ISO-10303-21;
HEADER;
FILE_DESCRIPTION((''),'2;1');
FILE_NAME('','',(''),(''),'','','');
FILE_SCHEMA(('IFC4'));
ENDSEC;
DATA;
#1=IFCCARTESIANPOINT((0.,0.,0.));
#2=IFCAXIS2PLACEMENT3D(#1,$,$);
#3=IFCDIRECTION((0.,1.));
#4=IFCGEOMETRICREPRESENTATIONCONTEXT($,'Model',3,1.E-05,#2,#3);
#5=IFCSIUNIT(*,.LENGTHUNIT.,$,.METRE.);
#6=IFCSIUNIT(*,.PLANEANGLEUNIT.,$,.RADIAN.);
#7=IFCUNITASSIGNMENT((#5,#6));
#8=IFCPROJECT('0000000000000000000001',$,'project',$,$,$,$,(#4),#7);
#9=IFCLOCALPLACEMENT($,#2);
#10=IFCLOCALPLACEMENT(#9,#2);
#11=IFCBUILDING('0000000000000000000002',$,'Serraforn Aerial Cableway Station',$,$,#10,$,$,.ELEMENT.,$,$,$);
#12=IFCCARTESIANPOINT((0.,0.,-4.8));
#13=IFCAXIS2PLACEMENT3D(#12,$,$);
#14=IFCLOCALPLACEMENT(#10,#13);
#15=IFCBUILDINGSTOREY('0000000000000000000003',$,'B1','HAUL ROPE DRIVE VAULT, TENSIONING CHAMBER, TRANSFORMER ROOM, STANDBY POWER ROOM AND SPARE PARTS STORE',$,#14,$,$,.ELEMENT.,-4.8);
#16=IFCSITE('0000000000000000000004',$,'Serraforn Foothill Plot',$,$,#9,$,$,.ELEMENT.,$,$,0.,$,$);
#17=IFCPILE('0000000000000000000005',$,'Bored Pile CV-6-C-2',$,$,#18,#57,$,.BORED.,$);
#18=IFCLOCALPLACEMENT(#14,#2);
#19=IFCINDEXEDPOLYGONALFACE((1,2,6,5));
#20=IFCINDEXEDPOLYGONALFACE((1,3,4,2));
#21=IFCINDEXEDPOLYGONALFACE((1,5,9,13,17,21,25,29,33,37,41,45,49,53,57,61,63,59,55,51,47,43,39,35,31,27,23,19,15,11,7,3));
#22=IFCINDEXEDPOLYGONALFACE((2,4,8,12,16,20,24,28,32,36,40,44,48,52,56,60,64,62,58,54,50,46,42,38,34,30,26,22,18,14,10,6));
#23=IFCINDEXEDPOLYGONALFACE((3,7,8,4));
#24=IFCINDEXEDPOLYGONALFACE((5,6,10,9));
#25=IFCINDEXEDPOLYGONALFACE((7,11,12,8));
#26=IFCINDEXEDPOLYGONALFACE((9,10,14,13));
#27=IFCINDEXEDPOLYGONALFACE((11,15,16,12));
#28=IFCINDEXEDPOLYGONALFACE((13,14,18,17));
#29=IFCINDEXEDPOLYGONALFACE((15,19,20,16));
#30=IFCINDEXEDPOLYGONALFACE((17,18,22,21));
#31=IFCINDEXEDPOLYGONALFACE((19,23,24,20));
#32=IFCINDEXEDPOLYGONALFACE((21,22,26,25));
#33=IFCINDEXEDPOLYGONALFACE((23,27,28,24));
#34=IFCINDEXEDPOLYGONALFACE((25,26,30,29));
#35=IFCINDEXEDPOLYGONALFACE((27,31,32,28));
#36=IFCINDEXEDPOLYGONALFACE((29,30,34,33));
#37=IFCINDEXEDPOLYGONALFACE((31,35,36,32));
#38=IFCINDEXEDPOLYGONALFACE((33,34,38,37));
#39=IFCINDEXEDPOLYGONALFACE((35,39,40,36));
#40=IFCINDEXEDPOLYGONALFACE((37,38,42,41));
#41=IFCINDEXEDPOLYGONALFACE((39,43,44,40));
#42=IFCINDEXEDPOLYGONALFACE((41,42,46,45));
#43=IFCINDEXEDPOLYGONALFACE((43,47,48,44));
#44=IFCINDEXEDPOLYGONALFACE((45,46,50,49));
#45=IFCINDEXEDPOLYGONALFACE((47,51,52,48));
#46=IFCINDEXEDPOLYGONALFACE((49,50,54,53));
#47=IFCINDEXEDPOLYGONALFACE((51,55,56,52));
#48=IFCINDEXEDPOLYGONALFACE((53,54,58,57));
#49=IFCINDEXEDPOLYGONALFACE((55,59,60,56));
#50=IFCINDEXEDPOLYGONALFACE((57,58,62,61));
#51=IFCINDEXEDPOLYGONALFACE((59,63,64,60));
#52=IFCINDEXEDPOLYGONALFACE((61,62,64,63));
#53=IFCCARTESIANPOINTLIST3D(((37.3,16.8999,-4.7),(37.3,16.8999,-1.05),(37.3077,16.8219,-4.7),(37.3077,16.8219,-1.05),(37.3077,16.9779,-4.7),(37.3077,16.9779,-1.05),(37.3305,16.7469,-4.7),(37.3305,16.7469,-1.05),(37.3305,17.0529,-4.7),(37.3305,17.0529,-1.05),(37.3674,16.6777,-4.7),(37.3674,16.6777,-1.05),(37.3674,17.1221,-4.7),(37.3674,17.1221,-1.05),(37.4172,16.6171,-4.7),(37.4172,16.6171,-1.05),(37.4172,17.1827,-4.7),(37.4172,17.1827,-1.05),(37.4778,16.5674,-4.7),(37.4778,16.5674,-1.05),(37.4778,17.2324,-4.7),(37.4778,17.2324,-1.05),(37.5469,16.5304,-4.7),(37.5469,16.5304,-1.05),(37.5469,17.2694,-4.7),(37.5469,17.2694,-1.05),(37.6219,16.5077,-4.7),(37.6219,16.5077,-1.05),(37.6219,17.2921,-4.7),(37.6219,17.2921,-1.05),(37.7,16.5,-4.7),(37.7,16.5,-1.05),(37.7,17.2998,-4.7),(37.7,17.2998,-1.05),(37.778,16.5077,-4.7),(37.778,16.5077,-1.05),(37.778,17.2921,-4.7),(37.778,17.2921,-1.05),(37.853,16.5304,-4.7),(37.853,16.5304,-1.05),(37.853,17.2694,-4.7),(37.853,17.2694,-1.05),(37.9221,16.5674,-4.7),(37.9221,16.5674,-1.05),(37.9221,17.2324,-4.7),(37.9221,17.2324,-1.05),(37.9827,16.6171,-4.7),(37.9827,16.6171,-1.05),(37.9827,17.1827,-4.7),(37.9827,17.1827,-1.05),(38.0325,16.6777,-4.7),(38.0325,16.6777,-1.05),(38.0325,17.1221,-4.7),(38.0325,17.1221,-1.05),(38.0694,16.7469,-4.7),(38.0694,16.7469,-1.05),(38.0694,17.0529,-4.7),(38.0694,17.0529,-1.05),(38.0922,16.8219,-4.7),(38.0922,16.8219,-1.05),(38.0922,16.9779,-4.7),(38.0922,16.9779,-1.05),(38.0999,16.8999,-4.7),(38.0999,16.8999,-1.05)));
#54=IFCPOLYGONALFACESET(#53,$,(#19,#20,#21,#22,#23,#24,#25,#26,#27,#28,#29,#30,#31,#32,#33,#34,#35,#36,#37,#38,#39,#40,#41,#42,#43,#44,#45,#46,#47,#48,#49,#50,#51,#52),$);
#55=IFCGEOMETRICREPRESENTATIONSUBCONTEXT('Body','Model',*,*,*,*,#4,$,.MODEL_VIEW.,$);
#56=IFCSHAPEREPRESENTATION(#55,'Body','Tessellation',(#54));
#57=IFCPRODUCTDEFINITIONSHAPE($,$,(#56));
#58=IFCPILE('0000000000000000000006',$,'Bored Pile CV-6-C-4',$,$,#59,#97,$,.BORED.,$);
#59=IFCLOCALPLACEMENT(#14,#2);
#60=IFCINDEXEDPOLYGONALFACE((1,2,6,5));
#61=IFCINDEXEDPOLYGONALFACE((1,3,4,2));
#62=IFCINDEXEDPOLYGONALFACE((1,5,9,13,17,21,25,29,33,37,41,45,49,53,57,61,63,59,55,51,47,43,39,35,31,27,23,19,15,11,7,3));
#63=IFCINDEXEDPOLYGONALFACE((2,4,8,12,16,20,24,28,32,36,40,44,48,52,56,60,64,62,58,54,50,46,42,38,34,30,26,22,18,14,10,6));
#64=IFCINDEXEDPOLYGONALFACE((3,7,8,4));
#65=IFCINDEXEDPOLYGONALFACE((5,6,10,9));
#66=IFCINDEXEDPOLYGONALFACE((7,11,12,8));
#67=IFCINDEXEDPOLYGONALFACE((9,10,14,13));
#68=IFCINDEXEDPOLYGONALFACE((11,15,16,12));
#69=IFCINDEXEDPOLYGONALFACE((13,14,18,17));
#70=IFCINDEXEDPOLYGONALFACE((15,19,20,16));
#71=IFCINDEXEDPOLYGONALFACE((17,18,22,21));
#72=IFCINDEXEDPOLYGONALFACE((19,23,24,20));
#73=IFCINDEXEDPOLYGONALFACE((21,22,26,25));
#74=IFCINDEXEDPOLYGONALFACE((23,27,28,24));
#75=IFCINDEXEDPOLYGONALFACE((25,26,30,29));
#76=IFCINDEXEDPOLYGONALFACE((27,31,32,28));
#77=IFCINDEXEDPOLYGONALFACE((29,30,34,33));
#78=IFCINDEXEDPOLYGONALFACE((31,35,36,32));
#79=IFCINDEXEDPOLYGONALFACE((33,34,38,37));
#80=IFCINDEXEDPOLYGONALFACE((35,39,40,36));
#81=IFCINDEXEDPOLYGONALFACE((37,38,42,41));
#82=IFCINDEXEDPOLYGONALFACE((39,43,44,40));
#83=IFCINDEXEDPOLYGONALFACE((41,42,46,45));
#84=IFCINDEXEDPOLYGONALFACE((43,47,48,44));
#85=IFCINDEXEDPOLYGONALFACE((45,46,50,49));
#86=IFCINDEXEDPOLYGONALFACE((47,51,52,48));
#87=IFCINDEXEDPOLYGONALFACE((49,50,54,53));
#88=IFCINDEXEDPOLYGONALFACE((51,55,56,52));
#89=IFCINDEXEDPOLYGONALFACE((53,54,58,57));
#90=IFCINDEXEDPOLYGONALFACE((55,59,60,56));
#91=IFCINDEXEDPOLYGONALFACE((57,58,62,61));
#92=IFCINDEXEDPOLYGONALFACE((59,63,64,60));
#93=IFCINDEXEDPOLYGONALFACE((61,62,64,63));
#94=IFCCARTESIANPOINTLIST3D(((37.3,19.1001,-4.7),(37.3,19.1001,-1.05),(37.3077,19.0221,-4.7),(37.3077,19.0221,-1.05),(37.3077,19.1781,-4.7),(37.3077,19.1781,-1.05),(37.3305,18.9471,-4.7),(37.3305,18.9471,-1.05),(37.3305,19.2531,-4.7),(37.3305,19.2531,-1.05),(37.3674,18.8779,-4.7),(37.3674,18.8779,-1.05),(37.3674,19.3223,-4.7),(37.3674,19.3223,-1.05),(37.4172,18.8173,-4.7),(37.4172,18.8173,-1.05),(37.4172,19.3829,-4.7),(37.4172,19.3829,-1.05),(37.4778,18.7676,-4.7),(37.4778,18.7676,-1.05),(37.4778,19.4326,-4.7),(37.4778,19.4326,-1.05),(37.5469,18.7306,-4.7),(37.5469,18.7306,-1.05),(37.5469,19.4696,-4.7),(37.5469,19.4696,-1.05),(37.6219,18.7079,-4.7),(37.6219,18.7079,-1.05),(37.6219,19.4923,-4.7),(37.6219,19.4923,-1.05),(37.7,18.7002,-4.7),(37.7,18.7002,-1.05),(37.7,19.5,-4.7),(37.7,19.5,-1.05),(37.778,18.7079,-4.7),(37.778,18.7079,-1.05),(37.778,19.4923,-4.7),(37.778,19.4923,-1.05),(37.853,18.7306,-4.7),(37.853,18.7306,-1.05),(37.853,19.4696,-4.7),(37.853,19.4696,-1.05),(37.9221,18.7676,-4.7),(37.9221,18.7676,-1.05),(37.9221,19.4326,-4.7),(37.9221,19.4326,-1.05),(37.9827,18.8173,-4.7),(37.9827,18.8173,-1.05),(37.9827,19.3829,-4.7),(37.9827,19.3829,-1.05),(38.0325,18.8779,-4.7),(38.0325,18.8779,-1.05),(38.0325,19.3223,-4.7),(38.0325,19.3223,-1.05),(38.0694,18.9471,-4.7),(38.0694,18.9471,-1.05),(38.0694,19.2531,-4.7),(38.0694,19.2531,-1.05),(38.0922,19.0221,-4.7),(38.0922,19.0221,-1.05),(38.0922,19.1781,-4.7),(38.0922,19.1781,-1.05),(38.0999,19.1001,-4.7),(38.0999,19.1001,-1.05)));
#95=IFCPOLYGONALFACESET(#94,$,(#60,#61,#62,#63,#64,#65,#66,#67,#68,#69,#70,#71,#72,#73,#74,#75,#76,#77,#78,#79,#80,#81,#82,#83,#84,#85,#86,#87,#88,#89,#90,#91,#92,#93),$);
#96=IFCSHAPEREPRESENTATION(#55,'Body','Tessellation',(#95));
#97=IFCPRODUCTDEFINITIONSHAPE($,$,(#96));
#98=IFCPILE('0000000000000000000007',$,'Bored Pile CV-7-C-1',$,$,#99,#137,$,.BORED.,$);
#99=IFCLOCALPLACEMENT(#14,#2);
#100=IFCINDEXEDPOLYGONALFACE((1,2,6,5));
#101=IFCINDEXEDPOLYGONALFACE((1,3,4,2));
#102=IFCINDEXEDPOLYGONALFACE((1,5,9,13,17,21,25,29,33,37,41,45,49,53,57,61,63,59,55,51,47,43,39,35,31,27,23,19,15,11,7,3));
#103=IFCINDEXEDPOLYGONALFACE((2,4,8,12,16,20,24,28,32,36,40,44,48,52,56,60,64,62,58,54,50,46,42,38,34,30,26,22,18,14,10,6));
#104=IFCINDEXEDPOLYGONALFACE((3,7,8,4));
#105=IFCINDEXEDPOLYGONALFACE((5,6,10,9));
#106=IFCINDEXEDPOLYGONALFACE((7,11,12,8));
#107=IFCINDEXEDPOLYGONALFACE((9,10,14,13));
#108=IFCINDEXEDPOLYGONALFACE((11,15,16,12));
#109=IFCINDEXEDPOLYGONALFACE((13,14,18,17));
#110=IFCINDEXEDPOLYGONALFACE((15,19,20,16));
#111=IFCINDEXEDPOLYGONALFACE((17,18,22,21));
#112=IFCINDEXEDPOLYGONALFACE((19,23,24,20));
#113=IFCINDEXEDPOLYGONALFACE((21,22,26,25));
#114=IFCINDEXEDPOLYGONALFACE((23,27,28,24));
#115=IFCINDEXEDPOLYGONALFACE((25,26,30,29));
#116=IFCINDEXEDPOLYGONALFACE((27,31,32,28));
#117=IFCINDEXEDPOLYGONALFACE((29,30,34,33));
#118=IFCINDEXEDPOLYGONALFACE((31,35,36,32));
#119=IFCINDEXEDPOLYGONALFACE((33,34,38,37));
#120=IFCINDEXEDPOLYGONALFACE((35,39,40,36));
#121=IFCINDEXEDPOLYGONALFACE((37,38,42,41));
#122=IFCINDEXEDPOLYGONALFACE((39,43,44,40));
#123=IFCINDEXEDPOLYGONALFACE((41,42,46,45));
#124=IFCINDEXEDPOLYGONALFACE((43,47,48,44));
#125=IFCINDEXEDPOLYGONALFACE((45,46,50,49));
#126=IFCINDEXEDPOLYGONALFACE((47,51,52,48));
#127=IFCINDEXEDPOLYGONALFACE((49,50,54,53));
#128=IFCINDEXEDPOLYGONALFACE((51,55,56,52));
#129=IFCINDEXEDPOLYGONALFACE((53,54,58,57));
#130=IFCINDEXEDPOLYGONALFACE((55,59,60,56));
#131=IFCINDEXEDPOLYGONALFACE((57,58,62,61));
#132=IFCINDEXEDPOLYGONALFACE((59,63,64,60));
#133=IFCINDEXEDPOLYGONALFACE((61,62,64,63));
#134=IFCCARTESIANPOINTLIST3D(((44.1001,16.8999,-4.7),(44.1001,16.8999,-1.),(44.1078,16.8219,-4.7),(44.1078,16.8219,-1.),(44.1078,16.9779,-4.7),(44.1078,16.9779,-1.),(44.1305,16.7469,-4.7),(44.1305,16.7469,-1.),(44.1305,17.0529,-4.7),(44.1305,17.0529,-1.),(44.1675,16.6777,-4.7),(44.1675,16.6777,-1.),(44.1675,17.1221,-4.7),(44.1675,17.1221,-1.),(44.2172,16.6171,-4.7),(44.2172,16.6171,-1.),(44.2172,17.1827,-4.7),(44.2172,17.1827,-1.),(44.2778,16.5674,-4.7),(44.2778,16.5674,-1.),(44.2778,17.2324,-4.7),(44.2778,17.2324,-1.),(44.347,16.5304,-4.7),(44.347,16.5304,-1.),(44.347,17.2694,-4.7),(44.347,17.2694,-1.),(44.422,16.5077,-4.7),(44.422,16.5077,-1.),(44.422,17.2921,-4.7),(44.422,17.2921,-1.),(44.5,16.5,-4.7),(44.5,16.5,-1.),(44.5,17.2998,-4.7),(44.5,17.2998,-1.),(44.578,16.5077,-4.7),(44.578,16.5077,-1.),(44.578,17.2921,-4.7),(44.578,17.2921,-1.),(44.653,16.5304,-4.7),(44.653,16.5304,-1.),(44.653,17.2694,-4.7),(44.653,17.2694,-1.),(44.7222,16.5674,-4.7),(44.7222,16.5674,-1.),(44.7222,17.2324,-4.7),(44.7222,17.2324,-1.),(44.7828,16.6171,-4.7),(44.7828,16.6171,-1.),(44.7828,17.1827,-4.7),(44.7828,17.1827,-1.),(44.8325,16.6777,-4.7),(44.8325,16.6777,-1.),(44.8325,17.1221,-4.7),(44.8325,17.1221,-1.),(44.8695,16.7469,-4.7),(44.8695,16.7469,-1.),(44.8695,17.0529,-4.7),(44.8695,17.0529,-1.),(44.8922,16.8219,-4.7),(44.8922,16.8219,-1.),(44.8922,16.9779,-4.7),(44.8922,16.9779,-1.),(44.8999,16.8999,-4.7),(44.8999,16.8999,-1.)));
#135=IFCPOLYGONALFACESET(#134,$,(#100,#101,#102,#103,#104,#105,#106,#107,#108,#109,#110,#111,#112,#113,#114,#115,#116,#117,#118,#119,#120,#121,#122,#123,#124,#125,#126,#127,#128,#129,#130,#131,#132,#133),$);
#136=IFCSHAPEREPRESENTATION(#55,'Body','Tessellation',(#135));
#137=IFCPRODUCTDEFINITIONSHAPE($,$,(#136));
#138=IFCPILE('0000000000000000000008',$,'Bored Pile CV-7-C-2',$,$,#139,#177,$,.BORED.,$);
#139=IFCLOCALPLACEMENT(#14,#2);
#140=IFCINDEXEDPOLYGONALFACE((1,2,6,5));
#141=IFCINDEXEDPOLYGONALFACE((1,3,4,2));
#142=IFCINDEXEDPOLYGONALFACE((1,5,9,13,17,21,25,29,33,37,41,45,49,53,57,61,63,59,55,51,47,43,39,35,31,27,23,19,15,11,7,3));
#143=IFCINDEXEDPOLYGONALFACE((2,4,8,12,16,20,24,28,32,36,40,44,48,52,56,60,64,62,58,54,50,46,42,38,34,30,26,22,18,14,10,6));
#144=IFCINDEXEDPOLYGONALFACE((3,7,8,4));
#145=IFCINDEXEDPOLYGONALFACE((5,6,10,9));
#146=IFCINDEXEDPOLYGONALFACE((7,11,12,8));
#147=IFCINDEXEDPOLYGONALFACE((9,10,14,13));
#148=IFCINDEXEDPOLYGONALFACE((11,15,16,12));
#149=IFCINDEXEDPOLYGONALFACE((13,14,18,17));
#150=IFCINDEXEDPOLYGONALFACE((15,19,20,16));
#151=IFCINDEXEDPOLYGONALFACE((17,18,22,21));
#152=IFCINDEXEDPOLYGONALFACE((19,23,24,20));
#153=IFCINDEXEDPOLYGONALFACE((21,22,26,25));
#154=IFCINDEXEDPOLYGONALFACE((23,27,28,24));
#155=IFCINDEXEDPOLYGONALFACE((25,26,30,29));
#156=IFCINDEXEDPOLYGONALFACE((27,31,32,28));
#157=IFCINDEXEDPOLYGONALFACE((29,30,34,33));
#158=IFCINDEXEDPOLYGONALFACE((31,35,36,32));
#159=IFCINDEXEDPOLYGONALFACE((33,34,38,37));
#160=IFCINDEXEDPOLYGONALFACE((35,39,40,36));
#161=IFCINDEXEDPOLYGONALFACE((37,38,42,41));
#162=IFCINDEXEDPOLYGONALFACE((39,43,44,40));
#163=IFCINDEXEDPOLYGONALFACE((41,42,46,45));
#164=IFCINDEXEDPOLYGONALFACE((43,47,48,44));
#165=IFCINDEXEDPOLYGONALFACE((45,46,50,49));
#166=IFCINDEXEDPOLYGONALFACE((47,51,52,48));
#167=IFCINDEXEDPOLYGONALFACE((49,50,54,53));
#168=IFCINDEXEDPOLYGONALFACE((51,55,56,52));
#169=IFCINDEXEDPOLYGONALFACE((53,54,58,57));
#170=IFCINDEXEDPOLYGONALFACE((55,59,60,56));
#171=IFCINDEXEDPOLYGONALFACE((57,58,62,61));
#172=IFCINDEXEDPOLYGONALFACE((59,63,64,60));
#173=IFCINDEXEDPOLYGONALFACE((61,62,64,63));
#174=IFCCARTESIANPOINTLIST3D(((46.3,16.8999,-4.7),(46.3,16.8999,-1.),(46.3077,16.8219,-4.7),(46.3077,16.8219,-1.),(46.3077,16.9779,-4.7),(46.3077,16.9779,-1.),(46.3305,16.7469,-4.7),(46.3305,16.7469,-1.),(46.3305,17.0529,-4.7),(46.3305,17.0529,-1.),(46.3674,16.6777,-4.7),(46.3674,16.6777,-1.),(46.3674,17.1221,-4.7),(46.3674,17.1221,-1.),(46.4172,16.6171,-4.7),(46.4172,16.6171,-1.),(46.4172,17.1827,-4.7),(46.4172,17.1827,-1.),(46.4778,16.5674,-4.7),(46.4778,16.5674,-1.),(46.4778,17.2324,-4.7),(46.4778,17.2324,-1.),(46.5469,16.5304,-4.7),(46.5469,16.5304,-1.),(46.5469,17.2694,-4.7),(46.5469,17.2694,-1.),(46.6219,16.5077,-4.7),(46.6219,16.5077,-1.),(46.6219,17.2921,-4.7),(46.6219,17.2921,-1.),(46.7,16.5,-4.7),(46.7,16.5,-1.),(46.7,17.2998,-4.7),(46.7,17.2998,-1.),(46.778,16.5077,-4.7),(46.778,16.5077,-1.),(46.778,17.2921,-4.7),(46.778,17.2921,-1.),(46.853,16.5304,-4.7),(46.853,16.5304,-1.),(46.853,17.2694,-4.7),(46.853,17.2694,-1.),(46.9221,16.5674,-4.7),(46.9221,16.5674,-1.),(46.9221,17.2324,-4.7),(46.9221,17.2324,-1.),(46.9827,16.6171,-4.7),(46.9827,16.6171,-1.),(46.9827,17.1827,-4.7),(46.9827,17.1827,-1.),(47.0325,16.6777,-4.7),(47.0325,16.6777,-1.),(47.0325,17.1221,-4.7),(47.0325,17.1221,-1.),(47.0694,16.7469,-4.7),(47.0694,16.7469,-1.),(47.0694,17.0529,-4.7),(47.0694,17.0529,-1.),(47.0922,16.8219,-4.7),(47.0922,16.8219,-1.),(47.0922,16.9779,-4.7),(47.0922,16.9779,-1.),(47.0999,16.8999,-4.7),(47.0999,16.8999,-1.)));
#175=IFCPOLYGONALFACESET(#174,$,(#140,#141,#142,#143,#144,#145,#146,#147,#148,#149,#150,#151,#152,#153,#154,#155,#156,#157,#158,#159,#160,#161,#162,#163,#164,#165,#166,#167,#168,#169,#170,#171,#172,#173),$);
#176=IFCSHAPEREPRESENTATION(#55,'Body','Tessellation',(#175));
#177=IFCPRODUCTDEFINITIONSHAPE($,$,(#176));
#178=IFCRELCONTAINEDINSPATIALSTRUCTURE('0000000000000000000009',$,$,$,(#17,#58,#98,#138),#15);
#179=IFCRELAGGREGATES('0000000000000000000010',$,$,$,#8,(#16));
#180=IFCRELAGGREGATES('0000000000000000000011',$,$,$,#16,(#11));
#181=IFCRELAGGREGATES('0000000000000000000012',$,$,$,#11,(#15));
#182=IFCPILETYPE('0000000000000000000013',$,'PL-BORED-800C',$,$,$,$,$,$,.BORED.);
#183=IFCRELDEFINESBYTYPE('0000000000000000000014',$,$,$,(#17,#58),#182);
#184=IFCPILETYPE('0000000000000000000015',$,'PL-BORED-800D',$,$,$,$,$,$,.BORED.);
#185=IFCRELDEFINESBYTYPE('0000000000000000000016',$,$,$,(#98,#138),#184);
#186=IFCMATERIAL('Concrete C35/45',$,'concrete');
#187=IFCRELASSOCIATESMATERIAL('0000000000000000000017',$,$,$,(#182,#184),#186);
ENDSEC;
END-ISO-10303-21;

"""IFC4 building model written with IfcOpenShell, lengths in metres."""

from ifc_helpers import new_model, si_unit, direction, frame, origin, origin_2d, place, context, subcontext, project, spatial, circle, extrude, material, material_profile, profile_set, type_object, element, save


model = new_model("IFC4")

# Units and contexts
model_context = context("Model", 3, precision=1e-05, world=origin(), true_north=direction((0.0, 1.0)))
body_context = subcontext(model_context, "Body", "Model", "MODEL_VIEW")
ifc_project = project(units=[si_unit("LENGTHUNIT", "METRE"), si_unit("PLANEANGLEUNIT", "RADIAN")], contexts=[model_context])

# Site, building, storey
site_placement = place(None, origin())
site = spatial("IfcSite", under=ifc_project, at=site_placement, Name="Serraforn Foothill Plot", CompositionType="ELEMENT", RefElevation=0.0)
building_placement = place(site_placement, origin())
building = spatial("IfcBuilding", under=site, at=building_placement, Name="Serraforn Aerial Cableway Station", CompositionType="ELEMENT")
storey_placement = place(building_placement, frame((0.0, 0.0, -4.8)))
storey = spatial("IfcBuildingStorey", under=building, at=storey_placement, Name="B1", Description="HAUL ROPE DRIVE VAULT, TENSIONING CHAMBER, TRANSFORMER ROOM, STANDBY POWER ROOM AND SPARE PARTS STORE", CompositionType="ELEMENT", Elevation=-4.8)

# Shared definitions
ifc_material_1 = material(Name="Concrete C35/45", Category="concrete")

# Piles
ifc_material_profile_1 = material_profile(ifc_material_1, circle(Radius=0.3999, at=origin_2d()), Name="BORED PILE D800")
ifc_profile_set_1 = profile_set([ifc_material_profile_1], Name="Concrete C35/45")
pile_type_1 = type_object("IfcPileType", Name="PL-BORED-800C", PredefinedType="BORED", material=ifc_profile_set_1)
for number, where, z_axis, x_axis, name in (
    (1, (37.7, 16.8999, -1.05), (0.0, 0.0, -1.0), (1.0, 0.0, 0.0), "Bored Pile CV-6-C-2"),
    (2, (37.7, 19.1001, -1.05), (0.0, 0.0, -1.0), (1.0, 0.0, 0.0), "Bored Pile CV-6-C-4"),
):
    element("IfcPile", number, at=place(storey_placement, frame(where, z_axis=z_axis, x_axis=x_axis)), inside=storey, type_object=pile_type_1, Name=name, PredefinedType="BORED", context=body_context, shape_type="SweptSolid", body=[
        extrude(circle(Radius=0.3999, at=origin_2d()), origin(), (0.0, 0.0, 1.0), 3.6499),
    ])
ifc_material_profile_2 = material_profile(ifc_material_1, circle(Radius=0.3999, at=origin_2d()), Name="BORED PILE D800")
ifc_profile_set_2 = profile_set([ifc_material_profile_2], Name="Concrete C35/45")
pile_type_2 = type_object("IfcPileType", Name="PL-BORED-800D", PredefinedType="BORED", material=ifc_profile_set_2)
for number, where, z_axis, x_axis, name in (
    (3, (44.5, 16.8999, -1.0), (0.0, 0.0, -1.0), (1.0, 0.0, 0.0), "Bored Pile CV-7-C-1"),
    (4, (46.7, 16.8999, -1.0), (0.0, 0.0, -1.0), (1.0, 0.0, 0.0), "Bored Pile CV-7-C-2"),
):
    element("IfcPile", number, at=place(storey_placement, frame(where, z_axis=z_axis, x_axis=x_axis)), inside=storey, type_object=pile_type_2, Name=name, PredefinedType="BORED", context=body_context, shape_type="SweptSolid", body=[
        extrude(circle(Radius=0.3999, at=origin_2d()), origin(), (0.0, 0.0, 1.0), 3.7),
    ])

save(model, "model.ifc")
